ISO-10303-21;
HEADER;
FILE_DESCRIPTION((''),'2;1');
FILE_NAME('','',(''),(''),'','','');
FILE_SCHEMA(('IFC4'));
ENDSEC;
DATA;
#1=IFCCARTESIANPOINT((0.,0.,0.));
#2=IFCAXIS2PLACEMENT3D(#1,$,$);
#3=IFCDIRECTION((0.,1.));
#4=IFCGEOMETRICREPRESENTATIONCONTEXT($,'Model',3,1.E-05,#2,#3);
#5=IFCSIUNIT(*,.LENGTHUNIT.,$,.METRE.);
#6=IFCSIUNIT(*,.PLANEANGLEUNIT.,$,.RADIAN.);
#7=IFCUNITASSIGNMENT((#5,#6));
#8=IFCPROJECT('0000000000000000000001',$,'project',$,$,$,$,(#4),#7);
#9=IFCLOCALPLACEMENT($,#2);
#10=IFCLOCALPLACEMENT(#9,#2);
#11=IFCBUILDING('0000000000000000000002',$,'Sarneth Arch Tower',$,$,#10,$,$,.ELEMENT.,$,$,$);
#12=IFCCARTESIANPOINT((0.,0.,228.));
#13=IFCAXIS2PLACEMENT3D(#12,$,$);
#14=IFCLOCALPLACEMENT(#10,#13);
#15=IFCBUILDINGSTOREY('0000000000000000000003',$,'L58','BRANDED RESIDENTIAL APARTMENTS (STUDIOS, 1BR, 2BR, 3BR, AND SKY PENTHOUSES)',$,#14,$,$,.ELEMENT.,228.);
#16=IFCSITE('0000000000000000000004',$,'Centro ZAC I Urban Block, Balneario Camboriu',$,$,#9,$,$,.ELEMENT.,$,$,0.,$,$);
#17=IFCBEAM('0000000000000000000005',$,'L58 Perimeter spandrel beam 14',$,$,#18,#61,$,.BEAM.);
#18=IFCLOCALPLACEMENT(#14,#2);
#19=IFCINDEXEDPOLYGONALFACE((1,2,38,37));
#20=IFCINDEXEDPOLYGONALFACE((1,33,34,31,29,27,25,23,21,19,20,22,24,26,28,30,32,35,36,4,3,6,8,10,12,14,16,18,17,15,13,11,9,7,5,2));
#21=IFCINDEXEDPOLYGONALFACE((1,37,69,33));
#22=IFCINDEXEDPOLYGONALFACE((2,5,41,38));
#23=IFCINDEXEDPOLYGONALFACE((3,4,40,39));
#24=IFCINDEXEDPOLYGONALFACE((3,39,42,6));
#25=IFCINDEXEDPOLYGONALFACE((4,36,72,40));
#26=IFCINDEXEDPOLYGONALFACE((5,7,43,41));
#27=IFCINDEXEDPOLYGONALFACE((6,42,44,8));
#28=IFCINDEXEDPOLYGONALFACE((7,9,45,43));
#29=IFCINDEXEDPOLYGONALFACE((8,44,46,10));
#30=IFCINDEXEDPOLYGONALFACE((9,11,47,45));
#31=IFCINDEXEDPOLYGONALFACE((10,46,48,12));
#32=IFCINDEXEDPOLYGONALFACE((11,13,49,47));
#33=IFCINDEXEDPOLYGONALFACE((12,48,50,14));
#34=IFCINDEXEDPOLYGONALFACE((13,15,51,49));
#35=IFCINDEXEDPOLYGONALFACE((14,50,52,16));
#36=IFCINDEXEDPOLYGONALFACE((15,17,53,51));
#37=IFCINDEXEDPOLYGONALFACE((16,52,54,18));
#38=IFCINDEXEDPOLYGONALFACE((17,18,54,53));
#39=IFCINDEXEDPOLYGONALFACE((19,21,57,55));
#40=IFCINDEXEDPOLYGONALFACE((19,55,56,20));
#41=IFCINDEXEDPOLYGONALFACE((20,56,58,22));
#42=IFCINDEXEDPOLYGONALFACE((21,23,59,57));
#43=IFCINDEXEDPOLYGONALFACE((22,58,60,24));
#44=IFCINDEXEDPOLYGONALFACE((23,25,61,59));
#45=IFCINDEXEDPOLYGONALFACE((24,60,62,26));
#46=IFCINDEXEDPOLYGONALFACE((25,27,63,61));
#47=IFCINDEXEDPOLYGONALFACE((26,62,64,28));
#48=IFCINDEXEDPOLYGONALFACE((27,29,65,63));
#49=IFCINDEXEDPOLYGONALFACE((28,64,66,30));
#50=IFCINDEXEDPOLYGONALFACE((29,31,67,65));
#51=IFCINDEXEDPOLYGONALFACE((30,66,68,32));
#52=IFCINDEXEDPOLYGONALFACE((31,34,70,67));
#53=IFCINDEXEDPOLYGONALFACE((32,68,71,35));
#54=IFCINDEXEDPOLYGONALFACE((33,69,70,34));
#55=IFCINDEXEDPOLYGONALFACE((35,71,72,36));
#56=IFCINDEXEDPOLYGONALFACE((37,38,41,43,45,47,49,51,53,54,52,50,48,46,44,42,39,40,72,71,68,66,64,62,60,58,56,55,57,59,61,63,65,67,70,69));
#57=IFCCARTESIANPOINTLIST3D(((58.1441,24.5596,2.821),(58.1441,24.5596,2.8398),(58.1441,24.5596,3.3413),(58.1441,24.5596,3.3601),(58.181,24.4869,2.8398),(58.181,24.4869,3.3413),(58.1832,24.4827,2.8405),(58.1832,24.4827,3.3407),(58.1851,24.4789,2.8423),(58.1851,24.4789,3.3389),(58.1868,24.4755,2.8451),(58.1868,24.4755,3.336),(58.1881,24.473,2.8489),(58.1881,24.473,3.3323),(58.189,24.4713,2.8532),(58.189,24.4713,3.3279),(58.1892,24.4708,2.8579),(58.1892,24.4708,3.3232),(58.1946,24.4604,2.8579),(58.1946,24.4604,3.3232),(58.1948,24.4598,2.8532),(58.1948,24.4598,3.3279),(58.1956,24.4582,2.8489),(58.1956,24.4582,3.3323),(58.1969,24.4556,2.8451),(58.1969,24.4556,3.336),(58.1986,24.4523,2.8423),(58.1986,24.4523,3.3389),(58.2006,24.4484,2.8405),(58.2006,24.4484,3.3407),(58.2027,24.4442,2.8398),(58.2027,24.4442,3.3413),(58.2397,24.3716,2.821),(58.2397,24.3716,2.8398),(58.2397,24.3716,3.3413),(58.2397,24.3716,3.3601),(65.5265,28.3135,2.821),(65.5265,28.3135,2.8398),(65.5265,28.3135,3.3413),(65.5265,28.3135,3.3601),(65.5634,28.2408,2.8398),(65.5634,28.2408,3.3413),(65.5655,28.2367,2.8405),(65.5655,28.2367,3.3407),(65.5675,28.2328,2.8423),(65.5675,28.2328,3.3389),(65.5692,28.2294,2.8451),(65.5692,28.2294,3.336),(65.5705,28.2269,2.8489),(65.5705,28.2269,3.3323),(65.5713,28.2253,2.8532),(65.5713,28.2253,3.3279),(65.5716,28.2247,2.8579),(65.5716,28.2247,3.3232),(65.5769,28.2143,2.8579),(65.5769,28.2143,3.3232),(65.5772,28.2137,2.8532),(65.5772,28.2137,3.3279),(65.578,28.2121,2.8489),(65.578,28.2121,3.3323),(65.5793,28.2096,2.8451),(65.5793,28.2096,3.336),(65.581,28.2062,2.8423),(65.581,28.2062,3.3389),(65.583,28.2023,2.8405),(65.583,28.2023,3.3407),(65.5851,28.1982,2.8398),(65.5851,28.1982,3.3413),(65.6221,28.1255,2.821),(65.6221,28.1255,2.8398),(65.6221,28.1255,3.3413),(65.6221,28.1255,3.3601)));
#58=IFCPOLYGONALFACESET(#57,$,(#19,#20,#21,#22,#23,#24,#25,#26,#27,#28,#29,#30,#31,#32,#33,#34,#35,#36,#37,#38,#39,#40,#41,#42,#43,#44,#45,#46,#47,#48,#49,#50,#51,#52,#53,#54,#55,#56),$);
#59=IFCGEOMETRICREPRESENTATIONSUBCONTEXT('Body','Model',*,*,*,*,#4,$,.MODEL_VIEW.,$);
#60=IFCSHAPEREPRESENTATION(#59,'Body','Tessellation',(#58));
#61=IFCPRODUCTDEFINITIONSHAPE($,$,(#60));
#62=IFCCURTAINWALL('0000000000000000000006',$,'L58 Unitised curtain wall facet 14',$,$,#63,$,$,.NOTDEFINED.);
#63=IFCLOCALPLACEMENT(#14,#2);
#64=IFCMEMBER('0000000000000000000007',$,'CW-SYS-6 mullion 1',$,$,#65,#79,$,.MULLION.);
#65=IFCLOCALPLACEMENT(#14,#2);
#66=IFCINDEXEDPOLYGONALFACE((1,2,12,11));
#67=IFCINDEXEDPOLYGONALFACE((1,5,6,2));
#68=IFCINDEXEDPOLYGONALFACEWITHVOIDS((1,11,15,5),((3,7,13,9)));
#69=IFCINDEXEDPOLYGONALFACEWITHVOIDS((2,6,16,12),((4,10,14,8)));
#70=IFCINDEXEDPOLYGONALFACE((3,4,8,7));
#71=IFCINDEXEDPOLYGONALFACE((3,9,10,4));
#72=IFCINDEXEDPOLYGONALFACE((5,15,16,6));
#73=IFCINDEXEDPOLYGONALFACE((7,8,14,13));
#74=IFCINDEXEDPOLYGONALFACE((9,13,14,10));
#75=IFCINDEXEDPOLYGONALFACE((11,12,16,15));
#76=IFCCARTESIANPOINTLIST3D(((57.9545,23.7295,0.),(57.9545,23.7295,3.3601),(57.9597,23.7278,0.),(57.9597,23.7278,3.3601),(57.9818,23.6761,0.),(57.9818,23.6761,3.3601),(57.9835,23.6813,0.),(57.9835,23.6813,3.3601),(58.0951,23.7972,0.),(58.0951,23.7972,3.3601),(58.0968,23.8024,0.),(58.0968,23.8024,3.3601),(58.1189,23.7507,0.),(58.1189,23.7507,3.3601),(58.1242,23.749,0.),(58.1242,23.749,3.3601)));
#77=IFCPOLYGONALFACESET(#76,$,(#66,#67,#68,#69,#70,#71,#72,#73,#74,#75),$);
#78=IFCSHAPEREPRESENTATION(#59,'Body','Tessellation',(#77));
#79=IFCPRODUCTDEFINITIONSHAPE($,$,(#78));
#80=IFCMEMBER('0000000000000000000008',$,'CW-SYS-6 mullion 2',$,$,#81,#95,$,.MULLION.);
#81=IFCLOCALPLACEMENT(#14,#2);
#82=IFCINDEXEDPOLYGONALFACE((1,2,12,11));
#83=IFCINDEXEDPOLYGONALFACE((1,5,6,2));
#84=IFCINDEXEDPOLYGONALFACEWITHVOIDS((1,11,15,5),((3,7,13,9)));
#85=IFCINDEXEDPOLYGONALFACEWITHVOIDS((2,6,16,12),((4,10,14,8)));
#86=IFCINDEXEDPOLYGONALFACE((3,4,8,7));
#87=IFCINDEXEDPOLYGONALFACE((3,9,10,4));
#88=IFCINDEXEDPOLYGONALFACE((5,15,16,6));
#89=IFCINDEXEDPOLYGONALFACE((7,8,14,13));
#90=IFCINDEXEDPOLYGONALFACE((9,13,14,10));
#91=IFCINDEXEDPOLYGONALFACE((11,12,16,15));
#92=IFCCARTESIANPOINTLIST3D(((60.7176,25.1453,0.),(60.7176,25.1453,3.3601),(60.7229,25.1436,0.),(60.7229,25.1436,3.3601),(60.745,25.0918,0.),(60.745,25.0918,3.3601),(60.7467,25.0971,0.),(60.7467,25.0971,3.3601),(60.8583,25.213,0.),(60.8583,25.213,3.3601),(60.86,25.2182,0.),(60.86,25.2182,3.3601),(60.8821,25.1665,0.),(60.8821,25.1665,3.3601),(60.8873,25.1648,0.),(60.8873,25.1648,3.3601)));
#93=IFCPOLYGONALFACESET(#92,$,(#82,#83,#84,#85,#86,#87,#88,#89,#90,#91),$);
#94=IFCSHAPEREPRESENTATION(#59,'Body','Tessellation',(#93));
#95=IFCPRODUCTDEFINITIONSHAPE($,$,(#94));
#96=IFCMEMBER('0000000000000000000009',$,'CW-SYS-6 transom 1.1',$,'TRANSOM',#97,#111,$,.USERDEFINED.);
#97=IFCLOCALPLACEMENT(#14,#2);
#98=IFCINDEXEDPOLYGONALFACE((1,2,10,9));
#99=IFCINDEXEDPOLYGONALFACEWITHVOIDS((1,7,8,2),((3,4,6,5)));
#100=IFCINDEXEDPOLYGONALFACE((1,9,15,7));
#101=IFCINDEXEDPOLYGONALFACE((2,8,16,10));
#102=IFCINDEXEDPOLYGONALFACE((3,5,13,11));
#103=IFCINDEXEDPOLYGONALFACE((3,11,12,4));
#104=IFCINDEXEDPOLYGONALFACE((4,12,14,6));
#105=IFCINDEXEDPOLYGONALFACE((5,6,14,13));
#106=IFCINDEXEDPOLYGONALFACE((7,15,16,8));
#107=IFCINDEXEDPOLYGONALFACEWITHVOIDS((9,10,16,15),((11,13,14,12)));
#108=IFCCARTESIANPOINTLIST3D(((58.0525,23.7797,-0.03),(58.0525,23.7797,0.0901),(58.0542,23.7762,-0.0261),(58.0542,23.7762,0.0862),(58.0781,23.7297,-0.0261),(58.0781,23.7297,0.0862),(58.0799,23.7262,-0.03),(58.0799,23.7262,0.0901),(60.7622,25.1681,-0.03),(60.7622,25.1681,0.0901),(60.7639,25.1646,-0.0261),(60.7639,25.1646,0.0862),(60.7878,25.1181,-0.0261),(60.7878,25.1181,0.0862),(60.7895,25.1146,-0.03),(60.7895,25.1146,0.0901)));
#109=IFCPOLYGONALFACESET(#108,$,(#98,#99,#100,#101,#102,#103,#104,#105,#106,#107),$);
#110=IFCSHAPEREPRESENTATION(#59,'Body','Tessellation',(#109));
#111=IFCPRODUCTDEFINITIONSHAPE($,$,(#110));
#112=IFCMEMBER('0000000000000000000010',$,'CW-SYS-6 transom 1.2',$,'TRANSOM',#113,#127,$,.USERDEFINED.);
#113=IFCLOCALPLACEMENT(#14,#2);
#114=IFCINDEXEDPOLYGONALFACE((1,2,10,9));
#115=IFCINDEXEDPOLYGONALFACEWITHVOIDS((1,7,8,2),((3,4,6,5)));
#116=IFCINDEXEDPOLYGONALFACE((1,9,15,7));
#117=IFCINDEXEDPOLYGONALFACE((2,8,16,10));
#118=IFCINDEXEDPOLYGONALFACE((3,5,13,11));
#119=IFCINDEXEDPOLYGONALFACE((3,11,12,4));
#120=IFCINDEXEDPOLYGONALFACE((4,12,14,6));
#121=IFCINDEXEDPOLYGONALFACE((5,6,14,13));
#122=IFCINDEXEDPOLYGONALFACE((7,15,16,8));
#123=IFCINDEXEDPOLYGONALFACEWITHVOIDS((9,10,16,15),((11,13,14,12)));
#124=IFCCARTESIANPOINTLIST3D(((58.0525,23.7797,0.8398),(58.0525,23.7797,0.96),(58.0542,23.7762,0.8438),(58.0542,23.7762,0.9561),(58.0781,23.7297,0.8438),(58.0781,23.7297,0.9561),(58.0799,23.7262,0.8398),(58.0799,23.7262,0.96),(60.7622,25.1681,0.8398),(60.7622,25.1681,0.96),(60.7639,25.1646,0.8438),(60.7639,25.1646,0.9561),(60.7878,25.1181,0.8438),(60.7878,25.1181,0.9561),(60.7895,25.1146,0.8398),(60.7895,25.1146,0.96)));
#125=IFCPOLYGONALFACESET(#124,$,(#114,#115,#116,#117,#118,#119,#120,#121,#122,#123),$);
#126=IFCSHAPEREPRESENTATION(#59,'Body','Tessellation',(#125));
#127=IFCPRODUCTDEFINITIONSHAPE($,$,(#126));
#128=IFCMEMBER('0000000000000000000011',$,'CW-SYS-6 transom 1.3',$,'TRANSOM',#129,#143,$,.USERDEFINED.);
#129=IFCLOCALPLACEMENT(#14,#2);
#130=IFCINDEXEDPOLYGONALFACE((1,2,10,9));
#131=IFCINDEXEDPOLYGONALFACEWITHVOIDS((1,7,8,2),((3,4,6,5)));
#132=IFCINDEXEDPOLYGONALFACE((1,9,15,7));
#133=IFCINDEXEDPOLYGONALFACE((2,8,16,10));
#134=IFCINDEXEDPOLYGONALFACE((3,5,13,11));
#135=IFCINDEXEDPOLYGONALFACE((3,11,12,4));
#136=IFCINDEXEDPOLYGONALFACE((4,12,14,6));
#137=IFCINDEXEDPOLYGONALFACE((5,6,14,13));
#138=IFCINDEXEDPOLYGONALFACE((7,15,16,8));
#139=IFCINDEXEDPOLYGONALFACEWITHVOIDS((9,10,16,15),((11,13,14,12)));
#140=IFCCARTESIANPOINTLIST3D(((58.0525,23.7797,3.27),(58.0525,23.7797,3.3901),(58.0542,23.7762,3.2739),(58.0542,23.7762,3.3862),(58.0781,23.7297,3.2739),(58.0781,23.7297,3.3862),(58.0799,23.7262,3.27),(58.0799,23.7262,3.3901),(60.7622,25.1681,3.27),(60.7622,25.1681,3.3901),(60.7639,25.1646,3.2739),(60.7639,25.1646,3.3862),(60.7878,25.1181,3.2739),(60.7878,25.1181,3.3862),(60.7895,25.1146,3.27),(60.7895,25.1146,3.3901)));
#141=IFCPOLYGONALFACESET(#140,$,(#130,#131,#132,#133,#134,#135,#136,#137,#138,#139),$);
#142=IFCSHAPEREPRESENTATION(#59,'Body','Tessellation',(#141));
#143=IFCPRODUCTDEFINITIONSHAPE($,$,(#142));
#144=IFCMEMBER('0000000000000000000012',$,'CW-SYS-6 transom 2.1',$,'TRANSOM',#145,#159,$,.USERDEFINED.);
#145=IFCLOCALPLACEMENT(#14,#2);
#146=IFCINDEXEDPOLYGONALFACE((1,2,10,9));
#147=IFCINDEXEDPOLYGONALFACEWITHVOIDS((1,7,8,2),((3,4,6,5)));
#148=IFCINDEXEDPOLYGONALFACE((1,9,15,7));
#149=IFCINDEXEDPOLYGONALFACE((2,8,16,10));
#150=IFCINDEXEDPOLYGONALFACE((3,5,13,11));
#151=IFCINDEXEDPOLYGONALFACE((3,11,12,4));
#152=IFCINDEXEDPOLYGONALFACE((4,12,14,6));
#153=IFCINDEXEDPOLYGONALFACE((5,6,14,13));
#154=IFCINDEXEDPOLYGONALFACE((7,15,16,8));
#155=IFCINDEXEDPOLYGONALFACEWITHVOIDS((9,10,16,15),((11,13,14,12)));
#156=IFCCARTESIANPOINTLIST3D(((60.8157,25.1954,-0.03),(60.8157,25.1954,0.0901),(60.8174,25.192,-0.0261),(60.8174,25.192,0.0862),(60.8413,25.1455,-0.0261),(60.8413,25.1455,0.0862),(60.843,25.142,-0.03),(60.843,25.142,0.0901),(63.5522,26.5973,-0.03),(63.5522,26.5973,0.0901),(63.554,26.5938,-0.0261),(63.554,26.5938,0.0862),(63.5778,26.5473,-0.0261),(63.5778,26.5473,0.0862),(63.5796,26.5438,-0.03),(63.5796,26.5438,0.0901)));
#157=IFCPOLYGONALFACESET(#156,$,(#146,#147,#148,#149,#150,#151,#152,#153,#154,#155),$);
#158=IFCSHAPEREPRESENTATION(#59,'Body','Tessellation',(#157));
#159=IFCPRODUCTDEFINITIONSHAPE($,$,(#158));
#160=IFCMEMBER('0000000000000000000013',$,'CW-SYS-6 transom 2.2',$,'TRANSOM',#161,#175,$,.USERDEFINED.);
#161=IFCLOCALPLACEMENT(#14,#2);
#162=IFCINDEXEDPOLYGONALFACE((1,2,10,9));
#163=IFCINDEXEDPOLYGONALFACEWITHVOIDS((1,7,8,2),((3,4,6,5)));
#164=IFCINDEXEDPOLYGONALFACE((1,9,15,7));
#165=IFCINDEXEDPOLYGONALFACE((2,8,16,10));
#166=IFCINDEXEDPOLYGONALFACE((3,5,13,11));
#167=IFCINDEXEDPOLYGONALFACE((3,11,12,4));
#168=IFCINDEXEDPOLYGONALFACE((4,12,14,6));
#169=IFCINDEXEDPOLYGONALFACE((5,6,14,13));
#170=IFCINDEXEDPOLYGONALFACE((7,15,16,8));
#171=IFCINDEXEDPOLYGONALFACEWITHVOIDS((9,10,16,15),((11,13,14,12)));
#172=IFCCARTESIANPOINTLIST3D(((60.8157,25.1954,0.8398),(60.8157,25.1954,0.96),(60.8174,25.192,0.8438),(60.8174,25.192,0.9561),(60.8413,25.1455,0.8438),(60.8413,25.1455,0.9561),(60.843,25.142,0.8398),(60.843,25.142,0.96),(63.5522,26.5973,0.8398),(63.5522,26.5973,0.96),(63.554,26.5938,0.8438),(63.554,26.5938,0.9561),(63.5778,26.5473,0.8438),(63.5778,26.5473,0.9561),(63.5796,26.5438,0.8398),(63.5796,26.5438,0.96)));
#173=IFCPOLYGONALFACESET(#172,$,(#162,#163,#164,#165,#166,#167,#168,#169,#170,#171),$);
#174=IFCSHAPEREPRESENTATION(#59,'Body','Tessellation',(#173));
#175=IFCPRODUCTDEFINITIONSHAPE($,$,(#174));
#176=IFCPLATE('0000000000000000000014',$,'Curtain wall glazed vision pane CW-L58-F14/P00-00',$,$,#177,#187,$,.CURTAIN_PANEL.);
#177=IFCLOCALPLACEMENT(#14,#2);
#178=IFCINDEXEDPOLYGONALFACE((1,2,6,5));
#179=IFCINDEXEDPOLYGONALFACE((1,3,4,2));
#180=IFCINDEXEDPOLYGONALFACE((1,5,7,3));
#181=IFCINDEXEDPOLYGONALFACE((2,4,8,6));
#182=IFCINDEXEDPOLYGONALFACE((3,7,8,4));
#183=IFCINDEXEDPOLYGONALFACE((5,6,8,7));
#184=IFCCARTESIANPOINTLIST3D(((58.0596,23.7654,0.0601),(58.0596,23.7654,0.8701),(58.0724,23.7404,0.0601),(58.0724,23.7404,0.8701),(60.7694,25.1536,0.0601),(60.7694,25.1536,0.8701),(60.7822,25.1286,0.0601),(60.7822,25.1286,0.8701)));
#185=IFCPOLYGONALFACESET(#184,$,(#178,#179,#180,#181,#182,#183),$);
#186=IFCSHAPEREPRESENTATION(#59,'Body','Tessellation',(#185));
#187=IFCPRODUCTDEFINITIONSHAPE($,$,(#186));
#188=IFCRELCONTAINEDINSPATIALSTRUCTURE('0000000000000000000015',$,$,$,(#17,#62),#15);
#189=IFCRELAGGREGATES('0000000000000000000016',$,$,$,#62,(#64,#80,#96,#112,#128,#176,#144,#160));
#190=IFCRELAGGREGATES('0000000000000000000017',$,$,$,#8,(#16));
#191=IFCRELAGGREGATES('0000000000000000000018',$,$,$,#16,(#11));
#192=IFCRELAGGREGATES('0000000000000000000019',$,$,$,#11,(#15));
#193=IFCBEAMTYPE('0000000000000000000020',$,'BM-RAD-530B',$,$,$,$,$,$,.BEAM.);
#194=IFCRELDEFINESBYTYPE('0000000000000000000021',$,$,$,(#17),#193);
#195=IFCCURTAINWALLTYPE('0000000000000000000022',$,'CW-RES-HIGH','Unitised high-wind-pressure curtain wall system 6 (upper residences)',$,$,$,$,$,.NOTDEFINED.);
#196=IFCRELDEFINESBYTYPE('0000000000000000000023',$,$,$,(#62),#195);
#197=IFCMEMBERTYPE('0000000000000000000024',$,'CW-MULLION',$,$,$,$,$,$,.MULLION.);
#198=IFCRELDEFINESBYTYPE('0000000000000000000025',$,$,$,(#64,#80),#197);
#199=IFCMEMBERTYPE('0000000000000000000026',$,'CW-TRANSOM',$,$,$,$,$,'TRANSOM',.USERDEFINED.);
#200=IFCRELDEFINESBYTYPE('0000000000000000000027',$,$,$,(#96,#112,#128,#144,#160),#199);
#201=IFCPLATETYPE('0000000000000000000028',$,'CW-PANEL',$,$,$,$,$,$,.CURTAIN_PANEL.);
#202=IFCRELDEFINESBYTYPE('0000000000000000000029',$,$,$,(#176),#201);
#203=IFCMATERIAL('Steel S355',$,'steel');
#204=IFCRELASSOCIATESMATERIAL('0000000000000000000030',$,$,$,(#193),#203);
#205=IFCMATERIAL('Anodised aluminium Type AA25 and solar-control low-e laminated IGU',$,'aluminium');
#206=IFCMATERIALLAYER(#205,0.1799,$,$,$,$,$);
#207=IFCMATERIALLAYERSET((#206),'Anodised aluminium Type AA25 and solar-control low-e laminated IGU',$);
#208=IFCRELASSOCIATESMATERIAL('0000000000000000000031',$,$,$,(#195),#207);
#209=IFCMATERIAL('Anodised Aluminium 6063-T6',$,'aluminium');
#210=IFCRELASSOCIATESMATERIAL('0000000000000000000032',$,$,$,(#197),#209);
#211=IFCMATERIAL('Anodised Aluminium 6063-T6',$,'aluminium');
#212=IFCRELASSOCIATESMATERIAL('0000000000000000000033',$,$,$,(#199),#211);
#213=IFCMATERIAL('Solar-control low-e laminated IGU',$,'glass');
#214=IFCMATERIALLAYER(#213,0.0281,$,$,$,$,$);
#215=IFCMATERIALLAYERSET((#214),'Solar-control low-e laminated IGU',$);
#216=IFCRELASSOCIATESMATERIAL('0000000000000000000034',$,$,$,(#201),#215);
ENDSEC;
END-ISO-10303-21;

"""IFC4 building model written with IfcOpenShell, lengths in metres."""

from ifc_helpers import new_model, si_unit, direction, frame, origin, origin_2d, place, context, subcontext, project, spatial, rectangle, hollow_rectangle, i_section, extrude, material, layer, layer_set, material_profile, profile_set, type_object, element, aggregate, save


model = new_model("IFC4")

# Units and contexts
model_context = context("Model", 3, precision=1e-05, world=origin(), true_north=direction((0.0, 1.0)))
body_context = subcontext(model_context, "Body", "Model", "MODEL_VIEW")
ifc_project = project(units=[si_unit("LENGTHUNIT", "METRE"), si_unit("PLANEANGLEUNIT", "RADIAN")], contexts=[model_context])

# Site, building, storey
site_placement = place(None, origin())
site = spatial("IfcSite", under=ifc_project, at=site_placement, Name="Centro ZAC I Urban Block, Balneario Camboriu", CompositionType="ELEMENT", RefElevation=0.0)
building_placement = place(site_placement, origin())
building = spatial("IfcBuilding", under=site, at=building_placement, Name="Sarneth Arch Tower", CompositionType="ELEMENT")
storey_placement = place(building_placement, frame((0.0, 0.0, 228.0)))
storey = spatial("IfcBuildingStorey", under=building, at=storey_placement, Name="L58", Description="BRANDED RESIDENTIAL APARTMENTS (STUDIOS, 1BR, 2BR, 3BR, AND SKY PENTHOUSES)", CompositionType="ELEMENT", Elevation=228.0)

# Beam
ifc_material_1 = material(Name="Steel S355", Category="steel")
ifc_material_profile_1 = material_profile(ifc_material_1, i_section(OverallWidth=0.2109, OverallDepth=0.5391, WebThickness=0.0117, FlangeThickness=0.0188, FilletRadius=0.0181, at=origin_2d()), Name="W530x109")
ifc_profile_set_1 = profile_set([ifc_material_profile_1], Name="Steel S355")
beam_type_1 = type_object("IfcBeamType", Name="BM-RAD-530B", PredefinedType="BEAM", material=ifc_profile_set_1)
beam_1_placement = place(storey_placement, frame((58.1919, 24.4656, 3.0906), z_axis=(0.891376, 0.453264, 0.0), x_axis=(-0.453264, 0.891376, 0.0)))
element("IfcBeam", 1, at=beam_1_placement, inside=storey, type_object=beam_type_1, Name="L58 Perimeter spandrel beam 14", PredefinedType="BEAM", context=body_context, shape_type="SweptSolid", body=[
    extrude(i_section(OverallWidth=0.2109, OverallDepth=0.5391, WebThickness=0.0117, FlangeThickness=0.0188, FilletRadius=0.0181, at=origin_2d()), origin(), (0.0, 0.0, 1.0), 8.282),
])

# Curtain wall, members, plate
ifc_material_2 = material(Name="Anodised aluminium Type AA25 and solar-control low-e laminated IGU", Category="aluminium")
ifc_layer_1 = layer(ifc_material_2, 0.1799)
ifc_layer_set_1 = layer_set([ifc_layer_1], Name="Anodised aluminium Type AA25 and solar-control low-e laminated IGU")
curtain_wall_type = type_object("IfcCurtainWallType", Name="CW-RES-HIGH", Description="Unitised high-wind-pressure curtain wall system 6 (upper residences)", PredefinedType="NOTDEFINED", material=ifc_layer_set_1)
curtain_wall_placement = place(storey_placement, origin())
curtain_wall = element("IfcCurtainWall", 2, at=curtain_wall_placement, inside=storey, type_object=curtain_wall_type, Name="L58 Unitised curtain wall facet 14", PredefinedType="NOTDEFINED")
ifc_material_3 = material(Name="Anodised Aluminium 6063-T6", Category="aluminium")
ifc_material_profile_2 = material_profile(ifc_material_3, hollow_rectangle(XDim=0.0601, YDim=0.1599, WallThickness=0.0039, at=origin_2d()), Name="AL-MULL-160x60x4")
ifc_profile_set_2 = profile_set([ifc_material_profile_2], Name="Anodised Aluminium 6063-T6")
member_type_1 = type_object("IfcMemberType", Name="CW-MULLION", PredefinedType="MULLION", material=ifc_profile_set_2)
member_1_placement = place(storey_placement, frame((58.0393, 23.7393, 0.0), z_axis=(0.0, 0.0, 1.0), x_axis=(-0.455942, 0.89001, 0.0)))
member_1 = element("IfcMember", 3, at=member_1_placement, type_object=member_type_1, Name="CW-SYS-6 mullion 1", PredefinedType="MULLION", context=body_context, shape_type="SweptSolid", body=[
    extrude(hollow_rectangle(XDim=0.0601, YDim=0.1599, WallThickness=0.0039, at=origin_2d()), origin(), (0.0, 0.0, 1.0), 3.3601),
])
member_2_placement = place(storey_placement, frame((60.8025, 25.155, 0.0), z_axis=(0.0, 0.0, 1.0), x_axis=(-0.455942, 0.89001, 0.0)))
member_2 = element("IfcMember", 4, at=member_2_placement, type_object=member_type_1, Name="CW-SYS-6 mullion 2", PredefinedType="MULLION", context=body_context, shape_type="SweptSolid", body=[
    extrude(hollow_rectangle(XDim=0.0601, YDim=0.1599, WallThickness=0.0039, at=origin_2d()), origin(), (0.0, 0.0, 1.0), 3.3601),
])
ifc_material_4 = material(Name="Anodised Aluminium 6063-T6", Category="aluminium")
ifc_material_profile_3 = material_profile(ifc_material_4, hollow_rectangle(XDim=0.0601, YDim=0.1201, WallThickness=0.0039, at=origin_2d()), Name="AL-TRAN-120x60x4")
ifc_profile_set_3 = profile_set([ifc_material_profile_3], Name="Anodised Aluminium 6063-T6")
member_type_2 = type_object("IfcMemberType", Name="CW-TRANSOM", ElementType="TRANSOM", PredefinedType="USERDEFINED", material=ifc_profile_set_3)
member_3_placement = place(storey_placement, frame((58.0662, 23.7529, 0.03), z_axis=(0.889974, 0.456012, 0.0), x_axis=(-0.456012, 0.889974, 0.0)))
member_3 = element("IfcMember", 5, at=member_3_placement, type_object=member_type_2, Name="CW-SYS-6 transom 1.1", ObjectType="TRANSOM", PredefinedType="USERDEFINED", context=body_context, shape_type="SweptSolid", body=[
    extrude(hollow_rectangle(XDim=0.0601, YDim=0.1201, WallThickness=0.0039, at=origin_2d()), origin(), (0.0, 0.0, 1.0), 3.0447),
])
member_4_placement = place(storey_placement, frame((58.0662, 23.7529, 0.8999), z_axis=(0.889974, 0.456012, 0.0), x_axis=(-0.456012, 0.889974, 0.0)))
member_4 = element("IfcMember", 6, at=member_4_placement, type_object=member_type_2, Name="CW-SYS-6 transom 1.2", ObjectType="TRANSOM", PredefinedType="USERDEFINED", context=body_context, shape_type="SweptSolid", body=[
    extrude(hollow_rectangle(XDim=0.0601, YDim=0.1201, WallThickness=0.0039, at=origin_2d()), origin(), (0.0, 0.0, 1.0), 3.0447),
])
member_5_placement = place(storey_placement, frame((58.0662, 23.7529, 3.3301), z_axis=(0.889974, 0.456012, 0.0), x_axis=(-0.456012, 0.889974, 0.0)))
member_5 = element("IfcMember", 7, at=member_5_placement, type_object=member_type_2, Name="CW-SYS-6 transom 1.3", ObjectType="TRANSOM", PredefinedType="USERDEFINED", context=body_context, shape_type="SweptSolid", body=[
    extrude(hollow_rectangle(XDim=0.0601, YDim=0.1201, WallThickness=0.0039, at=origin_2d()), origin(), (0.0, 0.0, 1.0), 3.0447),
])
member_6_placement = place(storey_placement, frame((60.8293, 25.1687, 0.03), z_axis=(0.890017, 0.455926, 0.0), x_axis=(-0.455926, 0.890017, 0.0)))
member_6 = element("IfcMember", 8, at=member_6_placement, type_object=member_type_2, Name="CW-SYS-6 transom 2.1", ObjectType="TRANSOM", PredefinedType="USERDEFINED", context=body_context, shape_type="SweptSolid", body=[
    extrude(hollow_rectangle(XDim=0.0601, YDim=0.1201, WallThickness=0.0039, at=origin_2d()), origin(), (0.0, 0.0, 1.0), 3.0747),
])
member_7_placement = place(storey_placement, frame((60.8293, 25.1687, 0.8999), z_axis=(0.890017, 0.455926, 0.0), x_axis=(-0.455926, 0.890017, 0.0)))
member_7 = element("IfcMember", 9, at=member_7_placement, type_object=member_type_2, Name="CW-SYS-6 transom 2.2", ObjectType="TRANSOM", PredefinedType="USERDEFINED", context=body_context, shape_type="SweptSolid", body=[
    extrude(hollow_rectangle(XDim=0.0601, YDim=0.1201, WallThickness=0.0039, at=origin_2d()), origin(), (0.0, 0.0, 1.0), 3.0747),
])
ifc_material_5 = material(Name="Solar-control low-e laminated IGU", Category="glass")
ifc_layer_2 = layer(ifc_material_5, 0.0281)
ifc_layer_set_2 = layer_set([ifc_layer_2], Name="Solar-control low-e laminated IGU")
plate_type_1 = type_object("IfcPlateType", Name="CW-PANEL", PredefinedType="CURTAIN_PANEL", material=ifc_layer_set_2)
plate_1_placement = place(storey_placement, frame((59.4209, 24.447, 0.0601), z_axis=(0.0, 0.0, 1.0), x_axis=(0.89001, 0.455942, 0.0)))
plate_1 = element("IfcPlate", 10, at=plate_1_placement, type_object=plate_type_1, Name="Curtain wall glazed vision pane CW-L58-F14/P00-00", PredefinedType="CURTAIN_PANEL", context=body_context, shape_type="SweptSolid", body=[
    extrude(rectangle(XDim=3.0447, YDim=0.0281, at=origin_2d()), origin(), (0.0, 0.0, 1.0), 0.8101),
])
aggregate(curtain_wall, [member_1, member_2, member_3, member_4, member_5, plate_1, member_6, member_7])

save(model, "model.ifc")
